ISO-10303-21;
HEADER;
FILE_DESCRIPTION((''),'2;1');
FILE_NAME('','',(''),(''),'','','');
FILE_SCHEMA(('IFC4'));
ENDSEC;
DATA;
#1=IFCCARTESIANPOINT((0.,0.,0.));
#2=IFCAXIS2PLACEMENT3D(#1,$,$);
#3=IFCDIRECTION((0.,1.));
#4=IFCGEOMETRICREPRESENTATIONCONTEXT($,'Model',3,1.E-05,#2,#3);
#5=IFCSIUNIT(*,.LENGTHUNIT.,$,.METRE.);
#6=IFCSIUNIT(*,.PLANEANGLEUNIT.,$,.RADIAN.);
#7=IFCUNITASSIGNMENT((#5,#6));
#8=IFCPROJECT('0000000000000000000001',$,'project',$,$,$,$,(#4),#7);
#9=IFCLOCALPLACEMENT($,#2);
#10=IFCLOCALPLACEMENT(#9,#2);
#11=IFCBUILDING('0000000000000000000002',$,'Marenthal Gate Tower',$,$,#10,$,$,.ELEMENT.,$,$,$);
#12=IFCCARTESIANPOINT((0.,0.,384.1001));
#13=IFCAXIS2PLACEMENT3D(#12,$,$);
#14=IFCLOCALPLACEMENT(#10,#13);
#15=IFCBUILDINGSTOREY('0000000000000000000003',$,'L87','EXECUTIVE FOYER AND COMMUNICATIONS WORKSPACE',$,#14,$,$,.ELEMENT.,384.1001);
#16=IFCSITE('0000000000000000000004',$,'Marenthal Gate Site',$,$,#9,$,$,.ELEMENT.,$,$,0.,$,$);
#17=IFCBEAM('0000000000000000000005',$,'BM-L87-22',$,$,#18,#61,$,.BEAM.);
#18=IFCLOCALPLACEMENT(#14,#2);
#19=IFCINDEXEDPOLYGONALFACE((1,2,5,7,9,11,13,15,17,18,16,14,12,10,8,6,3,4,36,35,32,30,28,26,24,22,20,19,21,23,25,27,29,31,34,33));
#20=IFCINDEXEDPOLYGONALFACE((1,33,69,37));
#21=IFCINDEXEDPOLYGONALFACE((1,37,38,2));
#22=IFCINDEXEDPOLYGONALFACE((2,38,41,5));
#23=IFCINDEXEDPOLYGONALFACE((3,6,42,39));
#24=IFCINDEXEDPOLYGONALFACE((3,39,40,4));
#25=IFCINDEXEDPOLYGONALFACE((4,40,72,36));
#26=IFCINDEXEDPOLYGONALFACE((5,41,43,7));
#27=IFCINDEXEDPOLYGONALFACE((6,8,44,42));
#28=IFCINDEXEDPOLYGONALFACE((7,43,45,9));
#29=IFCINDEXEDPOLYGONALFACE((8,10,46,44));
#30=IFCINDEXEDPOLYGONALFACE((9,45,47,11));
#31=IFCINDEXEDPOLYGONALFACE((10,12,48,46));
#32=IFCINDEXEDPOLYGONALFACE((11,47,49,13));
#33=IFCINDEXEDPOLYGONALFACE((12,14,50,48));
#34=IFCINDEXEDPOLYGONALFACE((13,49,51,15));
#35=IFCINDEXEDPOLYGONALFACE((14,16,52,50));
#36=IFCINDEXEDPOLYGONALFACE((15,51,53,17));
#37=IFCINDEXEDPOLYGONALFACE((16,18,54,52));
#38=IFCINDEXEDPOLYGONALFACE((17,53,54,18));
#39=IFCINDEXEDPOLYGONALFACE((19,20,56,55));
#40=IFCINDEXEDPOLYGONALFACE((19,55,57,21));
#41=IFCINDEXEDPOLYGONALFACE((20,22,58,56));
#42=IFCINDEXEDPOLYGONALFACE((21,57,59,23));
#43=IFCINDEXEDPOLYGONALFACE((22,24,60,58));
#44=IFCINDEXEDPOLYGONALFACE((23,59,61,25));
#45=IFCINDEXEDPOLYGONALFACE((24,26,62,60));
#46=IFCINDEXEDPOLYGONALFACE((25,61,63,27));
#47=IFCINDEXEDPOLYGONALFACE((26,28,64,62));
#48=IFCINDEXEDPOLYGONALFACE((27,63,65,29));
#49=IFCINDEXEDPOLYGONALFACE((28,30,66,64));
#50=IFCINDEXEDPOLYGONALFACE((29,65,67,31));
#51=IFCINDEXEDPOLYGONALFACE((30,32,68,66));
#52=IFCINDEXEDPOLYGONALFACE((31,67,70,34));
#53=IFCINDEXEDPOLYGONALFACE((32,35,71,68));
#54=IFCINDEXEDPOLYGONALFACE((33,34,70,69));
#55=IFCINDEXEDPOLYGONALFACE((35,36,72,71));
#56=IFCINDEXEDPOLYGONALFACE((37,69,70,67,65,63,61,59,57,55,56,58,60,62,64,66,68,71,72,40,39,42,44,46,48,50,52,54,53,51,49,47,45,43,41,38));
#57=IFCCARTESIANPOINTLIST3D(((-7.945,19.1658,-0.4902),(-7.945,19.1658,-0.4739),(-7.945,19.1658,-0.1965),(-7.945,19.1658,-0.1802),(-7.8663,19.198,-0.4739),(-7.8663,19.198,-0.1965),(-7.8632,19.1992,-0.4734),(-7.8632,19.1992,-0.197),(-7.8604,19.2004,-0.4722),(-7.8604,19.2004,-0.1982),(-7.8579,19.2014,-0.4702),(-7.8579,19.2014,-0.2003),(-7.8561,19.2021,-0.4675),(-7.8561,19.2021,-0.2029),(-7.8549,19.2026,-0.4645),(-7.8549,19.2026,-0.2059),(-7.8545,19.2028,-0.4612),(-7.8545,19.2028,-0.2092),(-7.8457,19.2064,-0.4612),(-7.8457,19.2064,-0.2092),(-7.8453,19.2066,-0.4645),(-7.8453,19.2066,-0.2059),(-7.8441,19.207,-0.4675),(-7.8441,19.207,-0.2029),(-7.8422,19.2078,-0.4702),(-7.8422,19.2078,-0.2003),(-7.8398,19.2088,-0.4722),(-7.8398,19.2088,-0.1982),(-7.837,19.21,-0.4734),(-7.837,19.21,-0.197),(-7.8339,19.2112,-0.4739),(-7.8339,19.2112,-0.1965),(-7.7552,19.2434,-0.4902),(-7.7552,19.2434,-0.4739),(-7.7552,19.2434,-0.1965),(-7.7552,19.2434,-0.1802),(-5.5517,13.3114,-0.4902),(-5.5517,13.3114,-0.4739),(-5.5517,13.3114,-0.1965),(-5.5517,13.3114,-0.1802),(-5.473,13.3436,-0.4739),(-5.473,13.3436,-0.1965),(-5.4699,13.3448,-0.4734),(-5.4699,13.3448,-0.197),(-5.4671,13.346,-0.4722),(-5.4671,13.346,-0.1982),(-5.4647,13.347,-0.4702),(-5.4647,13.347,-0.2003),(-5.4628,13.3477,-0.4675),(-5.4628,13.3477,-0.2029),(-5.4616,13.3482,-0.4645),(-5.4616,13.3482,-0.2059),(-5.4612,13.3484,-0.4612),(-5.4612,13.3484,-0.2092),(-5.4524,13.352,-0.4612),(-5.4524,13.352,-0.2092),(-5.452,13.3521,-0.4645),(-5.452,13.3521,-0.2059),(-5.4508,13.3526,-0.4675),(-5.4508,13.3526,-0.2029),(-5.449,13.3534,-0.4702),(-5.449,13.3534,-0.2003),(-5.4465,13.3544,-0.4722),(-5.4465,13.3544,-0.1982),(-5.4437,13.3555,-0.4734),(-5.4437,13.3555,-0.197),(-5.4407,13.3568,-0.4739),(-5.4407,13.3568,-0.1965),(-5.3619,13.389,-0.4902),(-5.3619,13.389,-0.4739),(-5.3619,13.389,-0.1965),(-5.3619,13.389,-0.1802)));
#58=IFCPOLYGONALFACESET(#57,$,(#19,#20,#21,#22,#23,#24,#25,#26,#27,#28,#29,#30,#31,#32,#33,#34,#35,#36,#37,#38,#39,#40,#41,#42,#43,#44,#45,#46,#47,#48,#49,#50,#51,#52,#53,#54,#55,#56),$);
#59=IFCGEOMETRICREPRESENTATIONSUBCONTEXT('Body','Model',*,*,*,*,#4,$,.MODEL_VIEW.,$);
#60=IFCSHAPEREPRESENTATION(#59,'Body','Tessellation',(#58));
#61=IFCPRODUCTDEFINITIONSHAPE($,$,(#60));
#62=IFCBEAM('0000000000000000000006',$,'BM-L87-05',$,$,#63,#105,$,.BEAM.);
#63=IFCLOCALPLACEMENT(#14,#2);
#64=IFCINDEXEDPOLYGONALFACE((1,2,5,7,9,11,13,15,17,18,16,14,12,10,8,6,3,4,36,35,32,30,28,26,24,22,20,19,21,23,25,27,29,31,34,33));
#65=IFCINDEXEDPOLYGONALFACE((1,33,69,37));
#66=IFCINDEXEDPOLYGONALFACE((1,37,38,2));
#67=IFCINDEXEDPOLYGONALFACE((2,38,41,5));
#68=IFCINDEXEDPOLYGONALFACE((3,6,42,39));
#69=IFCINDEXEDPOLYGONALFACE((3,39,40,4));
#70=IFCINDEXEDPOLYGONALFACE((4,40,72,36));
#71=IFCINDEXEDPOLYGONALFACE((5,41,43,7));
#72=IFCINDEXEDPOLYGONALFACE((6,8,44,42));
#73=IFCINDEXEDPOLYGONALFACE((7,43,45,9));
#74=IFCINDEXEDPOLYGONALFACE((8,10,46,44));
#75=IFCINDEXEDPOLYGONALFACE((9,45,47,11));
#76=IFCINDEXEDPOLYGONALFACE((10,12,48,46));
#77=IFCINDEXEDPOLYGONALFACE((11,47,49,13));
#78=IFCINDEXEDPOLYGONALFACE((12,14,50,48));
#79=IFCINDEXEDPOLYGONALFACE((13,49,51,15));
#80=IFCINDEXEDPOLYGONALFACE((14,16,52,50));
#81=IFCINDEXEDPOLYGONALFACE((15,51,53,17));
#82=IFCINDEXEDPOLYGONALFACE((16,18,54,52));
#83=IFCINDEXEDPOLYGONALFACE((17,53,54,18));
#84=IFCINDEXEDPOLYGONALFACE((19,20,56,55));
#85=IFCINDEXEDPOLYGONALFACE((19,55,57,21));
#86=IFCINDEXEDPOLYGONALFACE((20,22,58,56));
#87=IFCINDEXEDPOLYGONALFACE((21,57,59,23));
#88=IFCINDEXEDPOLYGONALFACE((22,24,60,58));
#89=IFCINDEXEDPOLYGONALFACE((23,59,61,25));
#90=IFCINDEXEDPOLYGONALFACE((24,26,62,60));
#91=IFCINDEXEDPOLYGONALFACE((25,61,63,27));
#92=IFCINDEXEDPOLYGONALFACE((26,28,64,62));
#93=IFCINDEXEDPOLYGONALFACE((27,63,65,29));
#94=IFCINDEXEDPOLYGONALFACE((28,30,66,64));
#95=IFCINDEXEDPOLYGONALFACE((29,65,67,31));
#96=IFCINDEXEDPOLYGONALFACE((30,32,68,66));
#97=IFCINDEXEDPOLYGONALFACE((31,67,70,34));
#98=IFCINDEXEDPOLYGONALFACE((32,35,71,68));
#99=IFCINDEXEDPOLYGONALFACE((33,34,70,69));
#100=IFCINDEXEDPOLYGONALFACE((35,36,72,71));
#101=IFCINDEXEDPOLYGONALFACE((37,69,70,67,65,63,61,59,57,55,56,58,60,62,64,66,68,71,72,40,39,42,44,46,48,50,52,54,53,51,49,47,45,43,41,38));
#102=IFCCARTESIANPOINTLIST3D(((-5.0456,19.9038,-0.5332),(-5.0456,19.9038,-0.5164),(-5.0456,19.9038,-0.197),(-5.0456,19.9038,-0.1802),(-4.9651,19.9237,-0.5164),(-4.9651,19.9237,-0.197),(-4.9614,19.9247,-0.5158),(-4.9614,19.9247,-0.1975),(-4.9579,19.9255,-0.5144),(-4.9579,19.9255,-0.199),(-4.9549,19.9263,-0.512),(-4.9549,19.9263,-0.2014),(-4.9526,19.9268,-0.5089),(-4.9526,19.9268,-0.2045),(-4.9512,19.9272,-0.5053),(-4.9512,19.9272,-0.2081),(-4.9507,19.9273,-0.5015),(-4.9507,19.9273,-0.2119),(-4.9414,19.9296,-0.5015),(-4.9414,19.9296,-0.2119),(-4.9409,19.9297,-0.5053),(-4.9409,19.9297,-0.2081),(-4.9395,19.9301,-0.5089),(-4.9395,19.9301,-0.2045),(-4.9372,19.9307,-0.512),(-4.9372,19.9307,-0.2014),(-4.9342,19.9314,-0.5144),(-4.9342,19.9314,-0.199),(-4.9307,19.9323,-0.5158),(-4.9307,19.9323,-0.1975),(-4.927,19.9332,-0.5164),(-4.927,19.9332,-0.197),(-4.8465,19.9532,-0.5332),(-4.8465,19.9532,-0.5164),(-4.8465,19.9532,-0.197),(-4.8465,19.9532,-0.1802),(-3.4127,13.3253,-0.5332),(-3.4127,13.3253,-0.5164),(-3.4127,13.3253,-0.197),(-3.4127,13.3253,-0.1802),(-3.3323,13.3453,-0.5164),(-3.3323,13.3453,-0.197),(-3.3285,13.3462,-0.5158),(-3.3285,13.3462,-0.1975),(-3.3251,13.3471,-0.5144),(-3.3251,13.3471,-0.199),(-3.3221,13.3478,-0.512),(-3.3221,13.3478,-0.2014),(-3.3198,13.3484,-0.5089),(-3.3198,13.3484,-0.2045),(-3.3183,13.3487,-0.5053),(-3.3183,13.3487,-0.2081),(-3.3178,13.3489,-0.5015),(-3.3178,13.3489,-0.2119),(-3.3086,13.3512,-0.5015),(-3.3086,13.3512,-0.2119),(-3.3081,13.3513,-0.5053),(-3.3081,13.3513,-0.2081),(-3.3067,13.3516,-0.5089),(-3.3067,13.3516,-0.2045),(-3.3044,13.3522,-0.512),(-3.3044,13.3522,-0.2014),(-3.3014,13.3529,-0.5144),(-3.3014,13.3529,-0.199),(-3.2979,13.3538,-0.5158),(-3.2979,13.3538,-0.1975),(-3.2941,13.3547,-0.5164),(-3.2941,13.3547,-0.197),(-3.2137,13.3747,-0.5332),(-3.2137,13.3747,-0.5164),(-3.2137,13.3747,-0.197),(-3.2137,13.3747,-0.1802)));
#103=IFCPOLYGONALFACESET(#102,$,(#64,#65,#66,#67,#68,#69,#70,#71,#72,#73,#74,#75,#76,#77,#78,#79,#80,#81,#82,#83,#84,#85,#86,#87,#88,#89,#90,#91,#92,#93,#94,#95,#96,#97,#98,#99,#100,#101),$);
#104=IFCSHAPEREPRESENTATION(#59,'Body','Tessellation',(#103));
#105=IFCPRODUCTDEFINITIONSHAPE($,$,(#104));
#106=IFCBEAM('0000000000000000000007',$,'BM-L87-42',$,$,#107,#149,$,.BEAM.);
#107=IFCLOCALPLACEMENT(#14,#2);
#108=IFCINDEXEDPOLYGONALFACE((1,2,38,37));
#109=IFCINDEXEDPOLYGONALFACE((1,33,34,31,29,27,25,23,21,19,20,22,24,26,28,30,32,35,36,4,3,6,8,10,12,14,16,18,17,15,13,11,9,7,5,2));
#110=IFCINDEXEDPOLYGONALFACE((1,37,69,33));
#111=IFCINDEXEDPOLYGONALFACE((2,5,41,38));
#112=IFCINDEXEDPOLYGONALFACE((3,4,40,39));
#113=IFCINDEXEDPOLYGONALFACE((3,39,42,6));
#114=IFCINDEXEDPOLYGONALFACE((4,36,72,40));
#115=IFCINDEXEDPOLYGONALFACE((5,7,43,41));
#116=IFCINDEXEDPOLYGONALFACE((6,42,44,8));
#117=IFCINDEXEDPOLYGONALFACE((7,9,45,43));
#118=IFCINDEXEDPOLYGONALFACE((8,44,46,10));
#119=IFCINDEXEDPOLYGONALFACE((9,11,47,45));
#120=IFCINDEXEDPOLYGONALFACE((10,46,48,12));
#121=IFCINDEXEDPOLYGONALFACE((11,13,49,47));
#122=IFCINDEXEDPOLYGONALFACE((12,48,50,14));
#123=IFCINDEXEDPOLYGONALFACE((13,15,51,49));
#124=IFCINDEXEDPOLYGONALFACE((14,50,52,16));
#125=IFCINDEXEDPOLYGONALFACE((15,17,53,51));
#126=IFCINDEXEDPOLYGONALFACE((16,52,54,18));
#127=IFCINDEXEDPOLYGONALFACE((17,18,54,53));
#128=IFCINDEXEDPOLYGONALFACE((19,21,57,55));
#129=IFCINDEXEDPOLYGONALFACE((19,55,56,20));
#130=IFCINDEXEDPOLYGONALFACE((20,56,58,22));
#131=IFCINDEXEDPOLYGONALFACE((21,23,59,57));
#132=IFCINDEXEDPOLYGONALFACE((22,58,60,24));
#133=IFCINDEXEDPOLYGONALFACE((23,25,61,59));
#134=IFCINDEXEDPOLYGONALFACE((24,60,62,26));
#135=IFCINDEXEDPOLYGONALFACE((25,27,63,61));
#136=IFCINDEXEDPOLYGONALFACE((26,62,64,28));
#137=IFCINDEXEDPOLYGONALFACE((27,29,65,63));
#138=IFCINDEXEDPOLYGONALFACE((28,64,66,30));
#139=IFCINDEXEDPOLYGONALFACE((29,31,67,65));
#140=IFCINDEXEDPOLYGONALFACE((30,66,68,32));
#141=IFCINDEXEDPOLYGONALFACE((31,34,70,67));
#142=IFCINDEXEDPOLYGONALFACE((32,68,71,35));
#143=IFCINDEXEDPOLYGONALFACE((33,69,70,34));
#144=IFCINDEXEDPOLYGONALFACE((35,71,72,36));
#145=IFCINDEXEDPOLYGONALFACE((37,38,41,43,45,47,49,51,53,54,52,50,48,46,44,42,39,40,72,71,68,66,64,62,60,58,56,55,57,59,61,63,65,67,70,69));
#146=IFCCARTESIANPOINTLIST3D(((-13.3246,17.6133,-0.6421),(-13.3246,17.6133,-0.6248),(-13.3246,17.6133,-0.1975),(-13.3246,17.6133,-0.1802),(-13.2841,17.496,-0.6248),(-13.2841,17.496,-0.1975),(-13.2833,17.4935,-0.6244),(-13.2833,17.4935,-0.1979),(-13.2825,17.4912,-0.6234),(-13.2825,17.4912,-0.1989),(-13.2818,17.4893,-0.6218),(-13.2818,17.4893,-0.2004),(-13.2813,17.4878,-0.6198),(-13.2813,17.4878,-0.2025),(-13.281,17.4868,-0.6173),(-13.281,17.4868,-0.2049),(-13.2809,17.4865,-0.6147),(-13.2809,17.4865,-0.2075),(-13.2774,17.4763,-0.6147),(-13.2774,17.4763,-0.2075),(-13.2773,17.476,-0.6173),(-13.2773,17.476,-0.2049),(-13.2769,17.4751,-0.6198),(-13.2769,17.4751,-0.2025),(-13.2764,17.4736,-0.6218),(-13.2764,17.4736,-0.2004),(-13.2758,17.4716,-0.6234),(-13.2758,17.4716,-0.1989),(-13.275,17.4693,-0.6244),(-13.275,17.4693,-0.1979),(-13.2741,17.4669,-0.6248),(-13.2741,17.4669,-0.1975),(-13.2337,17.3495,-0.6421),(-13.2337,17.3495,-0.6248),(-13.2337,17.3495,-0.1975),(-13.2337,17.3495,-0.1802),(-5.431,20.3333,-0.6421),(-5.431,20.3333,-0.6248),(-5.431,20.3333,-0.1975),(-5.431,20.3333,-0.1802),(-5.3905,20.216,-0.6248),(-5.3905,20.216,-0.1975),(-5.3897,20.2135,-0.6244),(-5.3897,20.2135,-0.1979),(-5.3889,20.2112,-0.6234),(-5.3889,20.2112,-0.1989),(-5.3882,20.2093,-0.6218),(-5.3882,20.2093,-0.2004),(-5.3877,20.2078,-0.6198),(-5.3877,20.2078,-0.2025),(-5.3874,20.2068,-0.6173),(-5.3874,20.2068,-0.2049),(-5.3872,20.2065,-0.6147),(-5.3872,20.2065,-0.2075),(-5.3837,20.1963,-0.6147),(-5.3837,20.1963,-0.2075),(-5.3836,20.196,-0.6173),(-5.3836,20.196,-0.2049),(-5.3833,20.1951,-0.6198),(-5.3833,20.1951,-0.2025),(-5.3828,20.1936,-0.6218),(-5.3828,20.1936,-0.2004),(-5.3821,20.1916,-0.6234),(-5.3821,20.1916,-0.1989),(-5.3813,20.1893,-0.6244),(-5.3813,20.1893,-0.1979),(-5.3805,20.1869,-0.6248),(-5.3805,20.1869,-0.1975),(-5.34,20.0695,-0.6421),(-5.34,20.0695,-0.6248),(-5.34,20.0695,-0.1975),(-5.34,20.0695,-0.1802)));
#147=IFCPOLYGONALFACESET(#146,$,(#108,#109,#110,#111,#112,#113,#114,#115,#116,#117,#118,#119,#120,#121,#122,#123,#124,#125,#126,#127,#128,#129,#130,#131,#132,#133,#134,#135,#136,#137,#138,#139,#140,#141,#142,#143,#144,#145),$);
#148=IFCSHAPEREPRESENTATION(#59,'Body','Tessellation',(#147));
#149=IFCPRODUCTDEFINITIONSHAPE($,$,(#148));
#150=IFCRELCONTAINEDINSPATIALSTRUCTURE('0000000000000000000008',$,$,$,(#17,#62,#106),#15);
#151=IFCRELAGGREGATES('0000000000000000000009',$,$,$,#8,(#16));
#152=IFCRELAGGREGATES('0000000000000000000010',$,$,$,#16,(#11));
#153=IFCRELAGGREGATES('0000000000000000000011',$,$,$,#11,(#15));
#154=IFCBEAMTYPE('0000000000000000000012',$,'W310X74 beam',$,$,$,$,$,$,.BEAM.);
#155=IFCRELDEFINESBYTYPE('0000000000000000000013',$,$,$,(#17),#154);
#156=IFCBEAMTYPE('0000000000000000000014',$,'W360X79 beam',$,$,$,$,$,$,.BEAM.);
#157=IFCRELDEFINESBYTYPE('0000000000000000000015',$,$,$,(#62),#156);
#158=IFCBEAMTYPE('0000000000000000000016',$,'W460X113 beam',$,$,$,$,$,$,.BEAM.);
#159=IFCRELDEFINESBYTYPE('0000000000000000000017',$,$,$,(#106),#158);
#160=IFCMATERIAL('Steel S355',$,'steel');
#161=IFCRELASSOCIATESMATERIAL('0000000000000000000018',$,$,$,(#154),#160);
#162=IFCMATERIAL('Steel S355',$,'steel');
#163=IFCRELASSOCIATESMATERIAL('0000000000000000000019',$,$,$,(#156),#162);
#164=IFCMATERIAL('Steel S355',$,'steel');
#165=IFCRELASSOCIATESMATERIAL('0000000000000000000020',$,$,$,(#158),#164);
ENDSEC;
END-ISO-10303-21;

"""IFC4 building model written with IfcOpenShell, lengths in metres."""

from ifc_helpers import new_model, si_unit, direction, frame, origin, origin_2d, place, context, subcontext, project, spatial, i_section, extrude, material, material_profile, profile_set, type_object, element, save


model = new_model("IFC4")

# Units and contexts
model_context = context("Model", 3, precision=1e-05, world=origin(), true_north=direction((0.0, 1.0)))
body_context = subcontext(model_context, "Body", "Model", "MODEL_VIEW")
ifc_project = project(units=[si_unit("LENGTHUNIT", "METRE"), si_unit("PLANEANGLEUNIT", "RADIAN")], contexts=[model_context])

# Site, building, storey
site_placement = place(None, origin())
site = spatial("IfcSite", under=ifc_project, at=site_placement, Name="Marenthal Gate Site", CompositionType="ELEMENT", RefElevation=0.0)
building_placement = place(site_placement, origin())
building = spatial("IfcBuilding", under=site, at=building_placement, Name="Marenthal Gate Tower", CompositionType="ELEMENT")
storey_placement = place(building_placement, frame((0.0, 0.0, 384.1001)))
storey = spatial("IfcBuildingStorey", under=building, at=storey_placement, Name="L87", Description="EXECUTIVE FOYER AND COMMUNICATIONS WORKSPACE", CompositionType="ELEMENT", Elevation=384.1001)

# Beams
ifc_material_1 = material(Name="Steel S355", Category="steel")
ifc_material_profile_1 = material_profile(ifc_material_1, i_section(OverallWidth=0.2051, OverallDepth=0.3101, WebThickness=0.0095, FlangeThickness=0.0164, FilletRadius=0.0127, at=origin_2d()), Name="W310X74")
ifc_profile_set_1 = profile_set([ifc_material_profile_1], Name="Steel S355")
beam_type_1 = type_object("IfcBeamType", Name="W310X74 beam", PredefinedType="BEAM", material=ifc_profile_set_1)
beam_1_placement = place(storey_placement, frame((-7.8501, 19.2046, -0.3352), z_axis=(0.378401, -0.925642, 0.0), x_axis=(0.925642, 0.378401, 0.0)))
element("IfcBeam", 1, at=beam_1_placement, inside=storey, type_object=beam_type_1, Name="BM-L87-22", PredefinedType="BEAM", context=body_context, shape_type="SweptSolid", body=[
    extrude(i_section(OverallWidth=0.2051, OverallDepth=0.3101, WebThickness=0.0095, FlangeThickness=0.0164, FilletRadius=0.0127, at=origin_2d()), origin(), (0.0, 0.0, 1.0), 6.3247),
])
ifc_material_2 = material(Name="Steel S355", Category="steel")
ifc_material_profile_2 = material_profile(ifc_material_2, i_section(OverallWidth=0.2051, OverallDepth=0.353, WebThickness=0.0095, FlangeThickness=0.0168, FilletRadius=0.0149, at=origin_2d()), Name="W360X79")
ifc_profile_set_2 = profile_set([ifc_material_profile_2], Name="Steel S355")
beam_type_2 = type_object("IfcBeamType", Name="W360X79 beam", PredefinedType="BEAM", material=ifc_profile_set_2)
beam_2_placement = place(storey_placement, frame((-4.946, 19.9285, -0.3567), z_axis=(0.2409, -0.97055, 0.0), x_axis=(0.97055, 0.2409, 0.0)))
element("IfcBeam", 2, at=beam_2_placement, inside=storey, type_object=beam_type_2, Name="BM-L87-05", PredefinedType="BEAM", context=body_context, shape_type="SweptSolid", body=[
    extrude(i_section(OverallWidth=0.2051, OverallDepth=0.353, WebThickness=0.0095, FlangeThickness=0.0168, FilletRadius=0.0149, at=origin_2d()), origin(), (0.0, 0.0, 1.0), 6.7781),
])
ifc_material_3 = material(Name="Steel S355", Category="steel")
ifc_material_profile_3 = material_profile(ifc_material_3, i_section(OverallWidth=0.2791, OverallDepth=0.4619, WebThickness=0.0107, FlangeThickness=0.0173, FilletRadius=0.01, at=origin_2d()), Name="W460X113")
ifc_profile_set_3 = profile_set([ifc_material_profile_3], Name="Steel S355")
beam_type_3 = type_object("IfcBeamType", Name="W460X113 beam", PredefinedType="BEAM", material=ifc_profile_set_3)
beam_3_placement = place(storey_placement, frame((-5.3855, 20.2014, -0.4111), z_axis=(-0.945445, -0.325783, 0.0), x_axis=(0.325783, -0.945445, 0.0)))
element("IfcBeam", 3, at=beam_3_placement, inside=storey, type_object=beam_type_3, Name="BM-L87-42", PredefinedType="BEAM", context=body_context, shape_type="SweptSolid", body=[
    extrude(i_section(OverallWidth=0.2791, OverallDepth=0.4619, WebThickness=0.0107, FlangeThickness=0.0173, FilletRadius=0.01, at=origin_2d()), origin(), (0.0, 0.0, 1.0), 8.3491),
])

save(model, "model.ifc")
